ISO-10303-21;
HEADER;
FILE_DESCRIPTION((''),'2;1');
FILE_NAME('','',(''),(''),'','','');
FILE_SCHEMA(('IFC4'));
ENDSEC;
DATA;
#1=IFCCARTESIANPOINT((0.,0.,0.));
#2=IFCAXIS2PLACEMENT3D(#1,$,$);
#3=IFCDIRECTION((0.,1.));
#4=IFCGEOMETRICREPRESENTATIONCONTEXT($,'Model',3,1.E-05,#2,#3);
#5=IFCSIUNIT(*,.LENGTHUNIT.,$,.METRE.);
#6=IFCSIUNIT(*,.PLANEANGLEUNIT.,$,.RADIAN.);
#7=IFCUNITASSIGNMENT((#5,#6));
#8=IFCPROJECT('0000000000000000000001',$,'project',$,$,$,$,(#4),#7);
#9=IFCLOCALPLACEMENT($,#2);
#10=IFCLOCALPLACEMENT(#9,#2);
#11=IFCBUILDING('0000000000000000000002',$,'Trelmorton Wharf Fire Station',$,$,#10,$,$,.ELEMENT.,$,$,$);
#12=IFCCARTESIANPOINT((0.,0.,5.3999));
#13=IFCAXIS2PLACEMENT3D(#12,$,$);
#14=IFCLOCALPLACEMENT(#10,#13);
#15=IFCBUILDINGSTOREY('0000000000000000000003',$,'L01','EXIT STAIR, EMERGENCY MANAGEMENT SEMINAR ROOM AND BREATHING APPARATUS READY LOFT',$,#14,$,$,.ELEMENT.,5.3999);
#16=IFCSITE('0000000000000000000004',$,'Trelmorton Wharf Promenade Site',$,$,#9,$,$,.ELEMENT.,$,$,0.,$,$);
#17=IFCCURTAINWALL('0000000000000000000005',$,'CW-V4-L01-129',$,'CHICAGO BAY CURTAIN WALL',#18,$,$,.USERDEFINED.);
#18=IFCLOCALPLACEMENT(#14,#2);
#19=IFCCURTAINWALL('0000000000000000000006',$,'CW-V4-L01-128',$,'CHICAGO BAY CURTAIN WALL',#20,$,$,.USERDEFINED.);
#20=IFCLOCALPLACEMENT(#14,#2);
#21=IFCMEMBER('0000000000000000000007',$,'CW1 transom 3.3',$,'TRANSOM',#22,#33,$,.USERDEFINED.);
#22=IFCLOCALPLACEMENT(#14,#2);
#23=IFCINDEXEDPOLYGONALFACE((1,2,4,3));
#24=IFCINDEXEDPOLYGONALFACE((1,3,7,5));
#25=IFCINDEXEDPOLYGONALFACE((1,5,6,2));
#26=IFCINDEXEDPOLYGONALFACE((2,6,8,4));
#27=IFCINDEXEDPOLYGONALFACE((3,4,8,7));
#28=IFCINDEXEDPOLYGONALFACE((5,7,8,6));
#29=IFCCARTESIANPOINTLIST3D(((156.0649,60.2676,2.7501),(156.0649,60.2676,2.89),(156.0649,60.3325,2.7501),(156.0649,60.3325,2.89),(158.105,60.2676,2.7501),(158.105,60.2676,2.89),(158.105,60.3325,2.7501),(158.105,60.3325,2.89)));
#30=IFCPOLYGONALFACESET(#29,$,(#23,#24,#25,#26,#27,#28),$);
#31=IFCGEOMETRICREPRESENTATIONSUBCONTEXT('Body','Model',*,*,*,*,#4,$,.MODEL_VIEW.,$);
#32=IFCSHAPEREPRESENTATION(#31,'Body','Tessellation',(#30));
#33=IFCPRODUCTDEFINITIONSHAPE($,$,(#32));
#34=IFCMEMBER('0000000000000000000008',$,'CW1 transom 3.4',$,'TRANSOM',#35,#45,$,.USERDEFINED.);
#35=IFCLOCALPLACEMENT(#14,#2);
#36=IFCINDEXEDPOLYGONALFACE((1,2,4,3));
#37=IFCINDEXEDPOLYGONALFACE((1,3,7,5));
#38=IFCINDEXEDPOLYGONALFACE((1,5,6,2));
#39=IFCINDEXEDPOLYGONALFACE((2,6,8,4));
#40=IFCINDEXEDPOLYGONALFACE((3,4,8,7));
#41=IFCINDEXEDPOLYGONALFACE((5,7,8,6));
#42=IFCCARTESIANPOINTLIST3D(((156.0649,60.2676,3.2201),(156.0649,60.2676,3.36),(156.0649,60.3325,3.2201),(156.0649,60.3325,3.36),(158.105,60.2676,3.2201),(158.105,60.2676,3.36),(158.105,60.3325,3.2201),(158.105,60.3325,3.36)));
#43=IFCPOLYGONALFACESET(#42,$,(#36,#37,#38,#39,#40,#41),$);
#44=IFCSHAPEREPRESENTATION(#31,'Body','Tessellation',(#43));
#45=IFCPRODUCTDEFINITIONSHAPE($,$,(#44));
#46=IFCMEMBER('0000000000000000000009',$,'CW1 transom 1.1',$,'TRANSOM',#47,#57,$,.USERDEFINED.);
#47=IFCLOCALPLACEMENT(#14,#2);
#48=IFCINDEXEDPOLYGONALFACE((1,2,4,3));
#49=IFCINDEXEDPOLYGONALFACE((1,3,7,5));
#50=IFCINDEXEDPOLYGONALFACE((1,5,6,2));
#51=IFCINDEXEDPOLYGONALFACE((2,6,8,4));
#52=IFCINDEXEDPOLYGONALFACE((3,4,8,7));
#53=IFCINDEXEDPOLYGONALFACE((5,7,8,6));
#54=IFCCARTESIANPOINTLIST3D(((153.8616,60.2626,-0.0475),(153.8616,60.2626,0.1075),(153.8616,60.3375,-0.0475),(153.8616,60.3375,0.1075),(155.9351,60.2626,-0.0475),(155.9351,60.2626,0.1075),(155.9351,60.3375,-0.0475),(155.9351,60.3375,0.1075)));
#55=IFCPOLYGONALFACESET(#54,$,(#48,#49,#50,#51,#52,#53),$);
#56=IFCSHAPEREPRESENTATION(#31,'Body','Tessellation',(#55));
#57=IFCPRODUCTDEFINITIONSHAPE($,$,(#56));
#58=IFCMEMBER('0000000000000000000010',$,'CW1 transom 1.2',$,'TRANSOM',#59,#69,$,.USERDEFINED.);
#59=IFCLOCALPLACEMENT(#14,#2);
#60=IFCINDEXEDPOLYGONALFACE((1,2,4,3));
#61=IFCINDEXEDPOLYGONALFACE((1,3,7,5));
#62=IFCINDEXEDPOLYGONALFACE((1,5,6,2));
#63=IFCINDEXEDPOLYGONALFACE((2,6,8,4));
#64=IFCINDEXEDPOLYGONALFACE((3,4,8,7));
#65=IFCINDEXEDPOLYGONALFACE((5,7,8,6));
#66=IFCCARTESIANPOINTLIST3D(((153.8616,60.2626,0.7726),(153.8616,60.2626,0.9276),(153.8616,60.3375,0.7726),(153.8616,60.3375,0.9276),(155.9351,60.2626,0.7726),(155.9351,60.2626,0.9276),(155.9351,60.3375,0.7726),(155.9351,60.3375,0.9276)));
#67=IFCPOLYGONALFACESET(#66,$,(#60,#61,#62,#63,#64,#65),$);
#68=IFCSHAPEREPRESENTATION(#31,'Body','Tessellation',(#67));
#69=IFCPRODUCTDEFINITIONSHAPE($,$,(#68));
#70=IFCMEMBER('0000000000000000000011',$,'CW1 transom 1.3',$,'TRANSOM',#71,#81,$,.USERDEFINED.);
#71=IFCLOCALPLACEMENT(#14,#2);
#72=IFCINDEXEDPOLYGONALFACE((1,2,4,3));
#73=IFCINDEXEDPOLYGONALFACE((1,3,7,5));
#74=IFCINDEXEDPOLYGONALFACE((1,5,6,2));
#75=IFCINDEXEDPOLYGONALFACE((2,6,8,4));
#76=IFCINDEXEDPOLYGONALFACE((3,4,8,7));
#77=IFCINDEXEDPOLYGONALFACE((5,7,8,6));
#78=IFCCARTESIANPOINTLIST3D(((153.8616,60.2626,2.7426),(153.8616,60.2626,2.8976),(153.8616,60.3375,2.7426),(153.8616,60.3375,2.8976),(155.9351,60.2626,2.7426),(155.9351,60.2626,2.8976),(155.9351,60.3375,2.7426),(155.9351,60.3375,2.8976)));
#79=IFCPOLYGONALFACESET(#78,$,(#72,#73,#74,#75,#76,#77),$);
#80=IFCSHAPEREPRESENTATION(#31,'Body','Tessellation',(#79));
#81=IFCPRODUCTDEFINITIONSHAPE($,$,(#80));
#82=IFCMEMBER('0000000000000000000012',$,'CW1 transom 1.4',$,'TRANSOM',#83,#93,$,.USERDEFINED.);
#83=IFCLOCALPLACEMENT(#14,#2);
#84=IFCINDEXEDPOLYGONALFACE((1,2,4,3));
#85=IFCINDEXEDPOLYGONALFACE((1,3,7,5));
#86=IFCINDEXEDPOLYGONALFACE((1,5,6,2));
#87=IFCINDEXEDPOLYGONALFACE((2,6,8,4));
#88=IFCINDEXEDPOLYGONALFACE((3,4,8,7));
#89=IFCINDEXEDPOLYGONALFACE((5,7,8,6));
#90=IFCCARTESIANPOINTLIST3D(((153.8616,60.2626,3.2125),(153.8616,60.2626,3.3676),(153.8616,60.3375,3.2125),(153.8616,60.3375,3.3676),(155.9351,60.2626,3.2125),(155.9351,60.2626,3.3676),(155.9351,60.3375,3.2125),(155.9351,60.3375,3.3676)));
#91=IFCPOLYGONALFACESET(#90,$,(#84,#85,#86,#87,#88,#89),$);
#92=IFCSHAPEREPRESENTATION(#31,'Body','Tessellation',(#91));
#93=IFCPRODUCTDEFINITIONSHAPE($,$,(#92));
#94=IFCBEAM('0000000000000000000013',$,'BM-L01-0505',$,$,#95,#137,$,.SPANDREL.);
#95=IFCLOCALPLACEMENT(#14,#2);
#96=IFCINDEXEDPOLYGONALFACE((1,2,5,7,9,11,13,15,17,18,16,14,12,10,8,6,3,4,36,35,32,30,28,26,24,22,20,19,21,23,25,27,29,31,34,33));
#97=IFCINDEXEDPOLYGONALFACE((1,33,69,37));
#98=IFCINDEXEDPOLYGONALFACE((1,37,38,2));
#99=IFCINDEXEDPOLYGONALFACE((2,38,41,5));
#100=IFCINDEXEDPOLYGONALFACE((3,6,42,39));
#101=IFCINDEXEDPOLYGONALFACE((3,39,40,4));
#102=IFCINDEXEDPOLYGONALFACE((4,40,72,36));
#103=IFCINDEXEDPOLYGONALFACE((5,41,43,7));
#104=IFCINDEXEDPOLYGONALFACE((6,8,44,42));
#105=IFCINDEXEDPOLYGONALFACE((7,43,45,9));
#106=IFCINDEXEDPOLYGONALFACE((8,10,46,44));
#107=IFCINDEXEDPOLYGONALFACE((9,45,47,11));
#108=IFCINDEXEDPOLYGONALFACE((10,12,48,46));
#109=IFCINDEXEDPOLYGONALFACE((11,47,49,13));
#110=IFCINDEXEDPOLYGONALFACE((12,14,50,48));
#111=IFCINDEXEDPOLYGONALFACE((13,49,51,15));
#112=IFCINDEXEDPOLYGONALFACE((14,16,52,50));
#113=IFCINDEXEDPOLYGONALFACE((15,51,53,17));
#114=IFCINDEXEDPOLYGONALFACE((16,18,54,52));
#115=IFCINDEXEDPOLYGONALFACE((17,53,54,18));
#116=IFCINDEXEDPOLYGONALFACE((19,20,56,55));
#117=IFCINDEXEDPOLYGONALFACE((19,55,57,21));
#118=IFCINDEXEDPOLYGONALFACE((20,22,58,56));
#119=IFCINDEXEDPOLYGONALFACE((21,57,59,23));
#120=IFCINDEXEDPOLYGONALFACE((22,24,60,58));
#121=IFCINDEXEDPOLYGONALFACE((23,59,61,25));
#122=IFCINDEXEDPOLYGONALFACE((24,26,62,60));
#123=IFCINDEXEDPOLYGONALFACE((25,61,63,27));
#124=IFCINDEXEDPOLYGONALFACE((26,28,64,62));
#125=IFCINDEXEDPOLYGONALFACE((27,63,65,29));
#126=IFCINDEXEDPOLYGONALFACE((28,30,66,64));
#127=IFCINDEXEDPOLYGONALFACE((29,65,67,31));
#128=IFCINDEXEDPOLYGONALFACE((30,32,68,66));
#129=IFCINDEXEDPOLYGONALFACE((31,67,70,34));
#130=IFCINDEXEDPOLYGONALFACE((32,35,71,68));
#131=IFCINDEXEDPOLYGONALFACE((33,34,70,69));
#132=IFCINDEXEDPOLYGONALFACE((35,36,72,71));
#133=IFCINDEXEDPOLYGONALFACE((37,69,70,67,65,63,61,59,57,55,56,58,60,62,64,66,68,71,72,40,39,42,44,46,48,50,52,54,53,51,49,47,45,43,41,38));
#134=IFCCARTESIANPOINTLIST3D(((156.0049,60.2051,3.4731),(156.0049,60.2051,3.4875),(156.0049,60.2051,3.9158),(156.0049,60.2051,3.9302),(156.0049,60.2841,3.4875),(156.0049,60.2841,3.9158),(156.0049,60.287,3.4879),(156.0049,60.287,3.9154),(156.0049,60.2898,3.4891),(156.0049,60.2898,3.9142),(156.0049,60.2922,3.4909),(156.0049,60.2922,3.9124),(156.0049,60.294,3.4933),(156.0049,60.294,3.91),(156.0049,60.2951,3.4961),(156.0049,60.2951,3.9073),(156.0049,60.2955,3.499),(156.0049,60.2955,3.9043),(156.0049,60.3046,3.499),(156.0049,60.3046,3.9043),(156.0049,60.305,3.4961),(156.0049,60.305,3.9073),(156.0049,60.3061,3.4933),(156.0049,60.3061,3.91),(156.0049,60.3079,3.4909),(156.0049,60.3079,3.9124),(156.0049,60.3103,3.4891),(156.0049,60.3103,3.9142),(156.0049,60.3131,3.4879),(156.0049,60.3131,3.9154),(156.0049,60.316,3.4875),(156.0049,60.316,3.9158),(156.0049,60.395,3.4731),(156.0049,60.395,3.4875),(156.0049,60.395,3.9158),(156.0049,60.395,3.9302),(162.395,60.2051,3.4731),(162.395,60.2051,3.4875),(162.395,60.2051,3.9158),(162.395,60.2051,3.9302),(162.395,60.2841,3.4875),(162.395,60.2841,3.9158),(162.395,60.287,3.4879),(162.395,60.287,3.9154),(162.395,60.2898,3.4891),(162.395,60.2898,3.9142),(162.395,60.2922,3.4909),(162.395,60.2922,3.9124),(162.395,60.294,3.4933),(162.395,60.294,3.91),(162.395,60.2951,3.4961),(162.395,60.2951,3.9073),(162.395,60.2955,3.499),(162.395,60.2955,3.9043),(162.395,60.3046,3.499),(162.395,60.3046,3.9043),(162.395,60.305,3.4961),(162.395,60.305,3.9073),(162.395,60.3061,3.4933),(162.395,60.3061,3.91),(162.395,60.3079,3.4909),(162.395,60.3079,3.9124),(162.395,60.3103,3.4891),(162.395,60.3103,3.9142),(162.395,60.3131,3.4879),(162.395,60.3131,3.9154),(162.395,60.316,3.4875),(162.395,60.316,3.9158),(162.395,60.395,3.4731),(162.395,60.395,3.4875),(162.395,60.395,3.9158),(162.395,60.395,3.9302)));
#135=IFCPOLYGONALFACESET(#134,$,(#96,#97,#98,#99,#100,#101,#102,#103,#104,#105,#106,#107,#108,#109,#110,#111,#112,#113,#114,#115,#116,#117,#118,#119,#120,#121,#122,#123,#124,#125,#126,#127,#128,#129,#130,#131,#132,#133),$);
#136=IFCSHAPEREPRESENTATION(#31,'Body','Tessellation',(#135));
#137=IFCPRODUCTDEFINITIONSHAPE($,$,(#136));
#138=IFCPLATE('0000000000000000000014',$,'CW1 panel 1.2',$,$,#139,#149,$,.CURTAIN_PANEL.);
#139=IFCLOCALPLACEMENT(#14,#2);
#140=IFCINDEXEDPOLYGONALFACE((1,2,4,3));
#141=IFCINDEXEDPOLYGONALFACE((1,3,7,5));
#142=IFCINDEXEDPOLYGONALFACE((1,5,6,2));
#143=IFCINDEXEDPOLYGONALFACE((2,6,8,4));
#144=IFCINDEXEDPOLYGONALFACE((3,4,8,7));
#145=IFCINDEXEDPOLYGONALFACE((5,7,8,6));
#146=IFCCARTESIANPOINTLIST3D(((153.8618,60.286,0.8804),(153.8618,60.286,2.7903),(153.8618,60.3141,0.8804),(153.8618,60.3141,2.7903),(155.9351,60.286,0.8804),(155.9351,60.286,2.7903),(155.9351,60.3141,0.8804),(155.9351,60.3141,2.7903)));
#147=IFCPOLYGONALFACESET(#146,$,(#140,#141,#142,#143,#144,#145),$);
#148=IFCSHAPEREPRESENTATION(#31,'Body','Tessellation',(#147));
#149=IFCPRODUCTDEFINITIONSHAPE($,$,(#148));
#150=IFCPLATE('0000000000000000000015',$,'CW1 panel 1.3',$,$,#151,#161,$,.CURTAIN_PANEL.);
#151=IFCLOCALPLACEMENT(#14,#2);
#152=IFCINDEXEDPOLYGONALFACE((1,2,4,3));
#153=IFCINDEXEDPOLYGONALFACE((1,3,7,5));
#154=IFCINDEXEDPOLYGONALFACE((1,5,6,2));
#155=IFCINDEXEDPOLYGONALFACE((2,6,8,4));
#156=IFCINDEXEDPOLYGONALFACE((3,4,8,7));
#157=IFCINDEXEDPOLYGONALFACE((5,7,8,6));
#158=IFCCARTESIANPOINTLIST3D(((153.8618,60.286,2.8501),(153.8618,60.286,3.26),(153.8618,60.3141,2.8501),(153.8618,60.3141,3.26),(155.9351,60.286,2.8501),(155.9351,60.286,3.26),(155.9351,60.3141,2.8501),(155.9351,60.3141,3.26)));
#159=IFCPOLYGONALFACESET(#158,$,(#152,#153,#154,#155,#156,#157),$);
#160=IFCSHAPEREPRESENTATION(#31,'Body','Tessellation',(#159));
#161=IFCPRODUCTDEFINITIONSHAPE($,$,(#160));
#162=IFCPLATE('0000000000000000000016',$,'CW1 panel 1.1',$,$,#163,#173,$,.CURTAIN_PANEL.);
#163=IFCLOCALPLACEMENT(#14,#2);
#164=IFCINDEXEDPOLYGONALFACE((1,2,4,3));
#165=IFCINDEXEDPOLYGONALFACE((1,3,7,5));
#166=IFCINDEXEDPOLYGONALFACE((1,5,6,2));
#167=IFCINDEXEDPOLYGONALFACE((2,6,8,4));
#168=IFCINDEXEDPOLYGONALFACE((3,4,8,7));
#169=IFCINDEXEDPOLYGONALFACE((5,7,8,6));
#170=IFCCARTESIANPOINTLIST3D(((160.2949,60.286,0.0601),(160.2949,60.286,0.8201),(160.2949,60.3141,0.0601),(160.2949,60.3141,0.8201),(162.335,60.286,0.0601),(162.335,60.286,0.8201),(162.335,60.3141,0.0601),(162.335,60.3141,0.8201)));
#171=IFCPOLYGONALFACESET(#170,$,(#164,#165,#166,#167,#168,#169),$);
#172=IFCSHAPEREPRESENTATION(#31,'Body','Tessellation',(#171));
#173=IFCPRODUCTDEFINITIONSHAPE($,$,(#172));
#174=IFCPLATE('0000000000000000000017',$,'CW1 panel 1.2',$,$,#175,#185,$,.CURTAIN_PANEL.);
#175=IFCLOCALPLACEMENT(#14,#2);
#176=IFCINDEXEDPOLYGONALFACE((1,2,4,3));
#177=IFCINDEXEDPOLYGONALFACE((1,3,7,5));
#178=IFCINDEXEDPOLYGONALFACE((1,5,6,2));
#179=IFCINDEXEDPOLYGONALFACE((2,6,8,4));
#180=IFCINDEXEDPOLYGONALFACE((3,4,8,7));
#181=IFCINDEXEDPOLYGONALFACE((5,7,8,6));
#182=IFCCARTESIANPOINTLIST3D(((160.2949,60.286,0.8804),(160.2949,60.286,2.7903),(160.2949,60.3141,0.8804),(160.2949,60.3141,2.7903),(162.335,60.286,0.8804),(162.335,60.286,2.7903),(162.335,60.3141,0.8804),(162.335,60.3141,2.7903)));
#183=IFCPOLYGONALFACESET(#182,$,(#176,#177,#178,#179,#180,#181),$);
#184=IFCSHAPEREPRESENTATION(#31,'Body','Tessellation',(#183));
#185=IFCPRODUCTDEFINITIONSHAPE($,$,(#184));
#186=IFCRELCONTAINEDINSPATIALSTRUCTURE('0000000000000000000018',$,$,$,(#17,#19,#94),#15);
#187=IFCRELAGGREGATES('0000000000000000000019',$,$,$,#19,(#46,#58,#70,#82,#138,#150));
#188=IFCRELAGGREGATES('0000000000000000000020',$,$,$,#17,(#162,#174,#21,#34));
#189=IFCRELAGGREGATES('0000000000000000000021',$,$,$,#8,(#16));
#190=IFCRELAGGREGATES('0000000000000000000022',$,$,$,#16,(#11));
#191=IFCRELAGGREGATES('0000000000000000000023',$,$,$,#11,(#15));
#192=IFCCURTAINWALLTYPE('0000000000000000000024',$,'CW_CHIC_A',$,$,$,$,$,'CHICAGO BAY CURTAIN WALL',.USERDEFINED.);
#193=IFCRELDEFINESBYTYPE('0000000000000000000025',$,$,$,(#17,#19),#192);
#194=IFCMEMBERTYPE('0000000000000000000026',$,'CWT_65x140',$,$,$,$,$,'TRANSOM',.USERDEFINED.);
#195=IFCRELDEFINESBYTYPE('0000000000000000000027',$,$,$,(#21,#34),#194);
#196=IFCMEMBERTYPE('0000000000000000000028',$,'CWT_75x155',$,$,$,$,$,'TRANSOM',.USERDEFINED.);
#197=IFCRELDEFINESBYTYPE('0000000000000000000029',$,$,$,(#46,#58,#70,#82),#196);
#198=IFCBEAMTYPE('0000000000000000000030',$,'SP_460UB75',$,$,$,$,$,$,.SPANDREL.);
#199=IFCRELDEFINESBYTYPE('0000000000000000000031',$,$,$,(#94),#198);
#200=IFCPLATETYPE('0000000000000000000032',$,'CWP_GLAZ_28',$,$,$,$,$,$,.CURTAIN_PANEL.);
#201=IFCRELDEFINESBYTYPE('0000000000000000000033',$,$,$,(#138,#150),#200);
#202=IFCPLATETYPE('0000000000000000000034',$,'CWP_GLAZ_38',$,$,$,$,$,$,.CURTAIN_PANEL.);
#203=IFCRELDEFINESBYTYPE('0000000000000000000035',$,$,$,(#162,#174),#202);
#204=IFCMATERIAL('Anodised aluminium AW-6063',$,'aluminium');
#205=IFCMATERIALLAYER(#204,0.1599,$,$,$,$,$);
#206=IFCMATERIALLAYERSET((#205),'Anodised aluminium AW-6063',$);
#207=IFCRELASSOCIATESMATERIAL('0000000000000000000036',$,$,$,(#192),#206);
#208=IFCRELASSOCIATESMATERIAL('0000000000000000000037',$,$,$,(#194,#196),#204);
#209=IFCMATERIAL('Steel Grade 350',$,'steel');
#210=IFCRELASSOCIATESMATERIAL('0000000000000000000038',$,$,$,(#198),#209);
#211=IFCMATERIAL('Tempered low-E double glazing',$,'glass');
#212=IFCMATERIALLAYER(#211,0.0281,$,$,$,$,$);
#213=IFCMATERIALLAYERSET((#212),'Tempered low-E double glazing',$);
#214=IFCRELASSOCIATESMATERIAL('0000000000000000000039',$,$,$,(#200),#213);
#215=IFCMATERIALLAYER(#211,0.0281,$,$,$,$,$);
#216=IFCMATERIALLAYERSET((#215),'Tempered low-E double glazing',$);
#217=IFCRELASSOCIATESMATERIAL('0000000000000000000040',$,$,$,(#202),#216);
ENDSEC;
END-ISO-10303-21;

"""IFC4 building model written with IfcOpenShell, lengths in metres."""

from ifc_helpers import new_model, si_unit, direction, frame, origin, origin_2d, place, context, subcontext, project, spatial, rectangle, i_section, extrude, material, layer, layer_set, material_profile, profile_set, type_object, element, aggregate, save


model = new_model("IFC4")

# Units and contexts
model_context = context("Model", 3, precision=1e-05, world=origin(), true_north=direction((0.0, 1.0)))
body_context = subcontext(model_context, "Body", "Model", "MODEL_VIEW")
ifc_project = project(units=[si_unit("LENGTHUNIT", "METRE"), si_unit("PLANEANGLEUNIT", "RADIAN")], contexts=[model_context])

# Site, building, storey
site_placement = place(None, origin())
site = spatial("IfcSite", under=ifc_project, at=site_placement, Name="Trelmorton Wharf Promenade Site", CompositionType="ELEMENT", RefElevation=0.0)
building_placement = place(site_placement, origin())
building = spatial("IfcBuilding", under=site, at=building_placement, Name="Trelmorton Wharf Fire Station", CompositionType="ELEMENT")
storey_placement = place(building_placement, frame((0.0, 0.0, 5.3999)))
storey = spatial("IfcBuildingStorey", under=building, at=storey_placement, Name="L01", Description="EXIT STAIR, EMERGENCY MANAGEMENT SEMINAR ROOM AND BREATHING APPARATUS READY LOFT", CompositionType="ELEMENT", Elevation=5.3999)

# Shared definitions
ifc_material_1 = material(Name="Steel Grade 350", Category="steel")

# Curtain wall
ifc_material_2 = material(Name="Anodised aluminium AW-6063", Category="aluminium")
ifc_layer_1 = layer(ifc_material_2, 0.1599)
ifc_layer_set_1 = layer_set([ifc_layer_1], Name="Anodised aluminium AW-6063")
curtain_wall_type = type_object("IfcCurtainWallType", Name="CW_CHIC_A", ElementType="CHICAGO BAY CURTAIN WALL", PredefinedType="USERDEFINED", material=ifc_layer_set_1)
curtain_wall_1_placement = place(storey_placement, origin())
curtain_wall_1 = element("IfcCurtainWall", 1, at=curtain_wall_1_placement, inside=storey, type_object=curtain_wall_type, Name="CW-V4-L01-129", ObjectType="CHICAGO BAY CURTAIN WALL", PredefinedType="USERDEFINED")

# Curtain wall
curtain_wall_2_placement = place(storey_placement, origin())
curtain_wall_2 = element("IfcCurtainWall", 2, at=curtain_wall_2_placement, inside=storey, type_object=curtain_wall_type, Name="CW-V4-L01-128", ObjectType="CHICAGO BAY CURTAIN WALL", PredefinedType="USERDEFINED")

# Members
ifc_material_profile_1 = material_profile(ifc_material_2, rectangle(XDim=0.0649, YDim=0.1399, at=origin_2d()), Name="ALU-65x140")
ifc_profile_set_1 = profile_set([ifc_material_profile_1], Name="Anodised aluminium AW-6063")
member_type_1 = type_object("IfcMemberType", Name="CWT_65x140", ElementType="TRANSOM", PredefinedType="USERDEFINED", material=ifc_profile_set_1)
member_1_placement = place(storey_placement, frame((158.105, 60.3, 2.8201), z_axis=(-1.0, 0.0, 0.0), x_axis=(0.0, -1.0, 0.0)))
member_1 = element("IfcMember", 3, at=member_1_placement, type_object=member_type_1, Name="CW1 transom 3.3", ObjectType="TRANSOM", PredefinedType="USERDEFINED", context=body_context, shape_type="SweptSolid", body=[
    extrude(rectangle(XDim=0.0649, YDim=0.1399, at=origin_2d()), origin(), (0.0, 0.0, 1.0), 2.04),
])
member_2_placement = place(storey_placement, frame((158.105, 60.3, 3.29), z_axis=(-1.0, 0.0, 0.0), x_axis=(0.0, -1.0, 0.0)))
member_2 = element("IfcMember", 4, at=member_2_placement, type_object=member_type_1, Name="CW1 transom 3.4", ObjectType="TRANSOM", PredefinedType="USERDEFINED", context=body_context, shape_type="SweptSolid", body=[
    extrude(rectangle(XDim=0.0649, YDim=0.1399, at=origin_2d()), origin(), (0.0, 0.0, 1.0), 2.04),
])
ifc_material_profile_2 = material_profile(ifc_material_2, rectangle(XDim=0.075, YDim=0.155, at=origin_2d()), Name="ALU-75x155")
ifc_profile_set_2 = profile_set([ifc_material_profile_2], Name="Anodised aluminium AW-6063")
member_type_2 = type_object("IfcMemberType", Name="CWT_75x155", ElementType="TRANSOM", PredefinedType="USERDEFINED", material=ifc_profile_set_2)
member_3_placement = place(storey_placement, frame((155.9351, 60.3, 0.03), z_axis=(-1.0, 0.0, 0.0), x_axis=(0.0, -1.0, 0.0)))
member_3 = element("IfcMember", 5, at=member_3_placement, type_object=member_type_2, Name="CW1 transom 1.1", ObjectType="TRANSOM", PredefinedType="USERDEFINED", context=body_context, shape_type="SweptSolid", body=[
    extrude(rectangle(XDim=0.075, YDim=0.155, at=origin_2d()), origin(), (0.0, 0.0, 1.0), 2.0735),
])
member_4_placement = place(storey_placement, frame((155.9351, 60.3, 0.8501), z_axis=(-1.0, 0.0, 0.0), x_axis=(0.0, -1.0, 0.0)))
member_4 = element("IfcMember", 6, at=member_4_placement, type_object=member_type_2, Name="CW1 transom 1.2", ObjectType="TRANSOM", PredefinedType="USERDEFINED", context=body_context, shape_type="SweptSolid", body=[
    extrude(rectangle(XDim=0.075, YDim=0.155, at=origin_2d()), origin(), (0.0, 0.0, 1.0), 2.0735),
])
member_5_placement = place(storey_placement, frame((155.9351, 60.3, 2.8201), z_axis=(-1.0, 0.0, 0.0), x_axis=(0.0, -1.0, 0.0)))
member_5 = element("IfcMember", 7, at=member_5_placement, type_object=member_type_2, Name="CW1 transom 1.3", ObjectType="TRANSOM", PredefinedType="USERDEFINED", context=body_context, shape_type="SweptSolid", body=[
    extrude(rectangle(XDim=0.075, YDim=0.155, at=origin_2d()), origin(), (0.0, 0.0, 1.0), 2.0735),
])
member_6_placement = place(storey_placement, frame((155.9351, 60.3, 3.29), z_axis=(-1.0, 0.0, 0.0), x_axis=(0.0, -1.0, 0.0)))
member_6 = element("IfcMember", 8, at=member_6_placement, type_object=member_type_2, Name="CW1 transom 1.4", ObjectType="TRANSOM", PredefinedType="USERDEFINED", context=body_context, shape_type="SweptSolid", body=[
    extrude(rectangle(XDim=0.075, YDim=0.155, at=origin_2d()), origin(), (0.0, 0.0, 1.0), 2.0735),
])

# Beam
ifc_material_profile_3 = material_profile(ifc_material_1, i_section(OverallWidth=0.1899, OverallDepth=0.457, WebThickness=0.009, FlangeThickness=0.0144, FilletRadius=0.0115, at=origin_2d()), Name="460UB74.6")
ifc_profile_set_3 = profile_set([ifc_material_profile_3], Name="Steel Grade 350")
beam_type = type_object("IfcBeamType", Name="SP_460UB75", PredefinedType="SPANDREL", material=ifc_profile_set_3)
beam_placement = place(storey_placement, frame((156.0049, 60.3, 3.7017), z_axis=(1.0, 0.0, 0.0), x_axis=(0.0, 1.0, 0.0)))
element("IfcBeam", 9, at=beam_placement, inside=storey, type_object=beam_type, Name="BM-L01-0505", PredefinedType="SPANDREL", context=body_context, shape_type="SweptSolid", body=[
    extrude(i_section(OverallWidth=0.1899, OverallDepth=0.457, WebThickness=0.009, FlangeThickness=0.0144, FilletRadius=0.0115, at=origin_2d()), origin(), (0.0, 0.0, 1.0), 6.3901),
])

# Plates
ifc_material_3 = material(Name="Tempered low-E double glazing", Category="glass")
ifc_layer_2 = layer(ifc_material_3, 0.0281)
ifc_layer_set_2 = layer_set([ifc_layer_2], Name="Tempered low-E double glazing")
plate_type_1 = type_object("IfcPlateType", Name="CWP_GLAZ_28", PredefinedType="CURTAIN_PANEL", material=ifc_layer_set_2)
plate_1_placement = place(storey_placement, frame((154.8984, 60.3, 0.8804), z_axis=(0.0, 0.0, 1.0), x_axis=(-1.0, 0.0, 0.0)))
plate_1 = element("IfcPlate", 10, at=plate_1_placement, type_object=plate_type_1, Name="CW1 panel 1.2", PredefinedType="CURTAIN_PANEL", context=body_context, shape_type="SweptSolid", body=[
    extrude(rectangle(XDim=2.0732, YDim=0.0281, at=origin_2d()), origin(), (0.0, 0.0, 1.0), 1.9099),
])
plate_2_placement = place(storey_placement, frame((154.8984, 60.3, 2.8501), z_axis=(0.0, 0.0, 1.0), x_axis=(-1.0, 0.0, 0.0)))
plate_2 = element("IfcPlate", 11, at=plate_2_placement, type_object=plate_type_1, Name="CW1 panel 1.3", PredefinedType="CURTAIN_PANEL", context=body_context, shape_type="SweptSolid", body=[
    extrude(rectangle(XDim=2.0732, YDim=0.0281, at=origin_2d()), origin(), (0.0, 0.0, 1.0), 0.4099),
])
aggregate(curtain_wall_2, [member_3, member_4, member_5, member_6, plate_1, plate_2])
ifc_layer_3 = layer(ifc_material_3, 0.0281)
ifc_layer_set_3 = layer_set([ifc_layer_3], Name="Tempered low-E double glazing")
plate_type_2 = type_object("IfcPlateType", Name="CWP_GLAZ_38", PredefinedType="CURTAIN_PANEL", material=ifc_layer_set_3)
plate_3_placement = place(storey_placement, frame((161.3149, 60.3, 0.0601), z_axis=(0.0, 0.0, 1.0), x_axis=(-1.0, 0.0, 0.0)))
plate_3 = element("IfcPlate", 12, at=plate_3_placement, type_object=plate_type_2, Name="CW1 panel 1.1", PredefinedType="CURTAIN_PANEL", context=body_context, shape_type="SweptSolid", body=[
    extrude(rectangle(XDim=2.04, YDim=0.0281, at=origin_2d()), origin(), (0.0, 0.0, 1.0), 0.76),
])
plate_4_placement = place(storey_placement, frame((161.3149, 60.3, 0.8804), z_axis=(0.0, 0.0, 1.0), x_axis=(-1.0, 0.0, 0.0)))
plate_4 = element("IfcPlate", 13, at=plate_4_placement, type_object=plate_type_2, Name="CW1 panel 1.2", PredefinedType="CURTAIN_PANEL", context=body_context, shape_type="SweptSolid", body=[
    extrude(rectangle(XDim=2.04, YDim=0.0281, at=origin_2d()), origin(), (0.0, 0.0, 1.0), 1.9099),
])
aggregate(curtain_wall_1, [plate_3, plate_4, member_1, member_2])

save(model, "model.ifc")
